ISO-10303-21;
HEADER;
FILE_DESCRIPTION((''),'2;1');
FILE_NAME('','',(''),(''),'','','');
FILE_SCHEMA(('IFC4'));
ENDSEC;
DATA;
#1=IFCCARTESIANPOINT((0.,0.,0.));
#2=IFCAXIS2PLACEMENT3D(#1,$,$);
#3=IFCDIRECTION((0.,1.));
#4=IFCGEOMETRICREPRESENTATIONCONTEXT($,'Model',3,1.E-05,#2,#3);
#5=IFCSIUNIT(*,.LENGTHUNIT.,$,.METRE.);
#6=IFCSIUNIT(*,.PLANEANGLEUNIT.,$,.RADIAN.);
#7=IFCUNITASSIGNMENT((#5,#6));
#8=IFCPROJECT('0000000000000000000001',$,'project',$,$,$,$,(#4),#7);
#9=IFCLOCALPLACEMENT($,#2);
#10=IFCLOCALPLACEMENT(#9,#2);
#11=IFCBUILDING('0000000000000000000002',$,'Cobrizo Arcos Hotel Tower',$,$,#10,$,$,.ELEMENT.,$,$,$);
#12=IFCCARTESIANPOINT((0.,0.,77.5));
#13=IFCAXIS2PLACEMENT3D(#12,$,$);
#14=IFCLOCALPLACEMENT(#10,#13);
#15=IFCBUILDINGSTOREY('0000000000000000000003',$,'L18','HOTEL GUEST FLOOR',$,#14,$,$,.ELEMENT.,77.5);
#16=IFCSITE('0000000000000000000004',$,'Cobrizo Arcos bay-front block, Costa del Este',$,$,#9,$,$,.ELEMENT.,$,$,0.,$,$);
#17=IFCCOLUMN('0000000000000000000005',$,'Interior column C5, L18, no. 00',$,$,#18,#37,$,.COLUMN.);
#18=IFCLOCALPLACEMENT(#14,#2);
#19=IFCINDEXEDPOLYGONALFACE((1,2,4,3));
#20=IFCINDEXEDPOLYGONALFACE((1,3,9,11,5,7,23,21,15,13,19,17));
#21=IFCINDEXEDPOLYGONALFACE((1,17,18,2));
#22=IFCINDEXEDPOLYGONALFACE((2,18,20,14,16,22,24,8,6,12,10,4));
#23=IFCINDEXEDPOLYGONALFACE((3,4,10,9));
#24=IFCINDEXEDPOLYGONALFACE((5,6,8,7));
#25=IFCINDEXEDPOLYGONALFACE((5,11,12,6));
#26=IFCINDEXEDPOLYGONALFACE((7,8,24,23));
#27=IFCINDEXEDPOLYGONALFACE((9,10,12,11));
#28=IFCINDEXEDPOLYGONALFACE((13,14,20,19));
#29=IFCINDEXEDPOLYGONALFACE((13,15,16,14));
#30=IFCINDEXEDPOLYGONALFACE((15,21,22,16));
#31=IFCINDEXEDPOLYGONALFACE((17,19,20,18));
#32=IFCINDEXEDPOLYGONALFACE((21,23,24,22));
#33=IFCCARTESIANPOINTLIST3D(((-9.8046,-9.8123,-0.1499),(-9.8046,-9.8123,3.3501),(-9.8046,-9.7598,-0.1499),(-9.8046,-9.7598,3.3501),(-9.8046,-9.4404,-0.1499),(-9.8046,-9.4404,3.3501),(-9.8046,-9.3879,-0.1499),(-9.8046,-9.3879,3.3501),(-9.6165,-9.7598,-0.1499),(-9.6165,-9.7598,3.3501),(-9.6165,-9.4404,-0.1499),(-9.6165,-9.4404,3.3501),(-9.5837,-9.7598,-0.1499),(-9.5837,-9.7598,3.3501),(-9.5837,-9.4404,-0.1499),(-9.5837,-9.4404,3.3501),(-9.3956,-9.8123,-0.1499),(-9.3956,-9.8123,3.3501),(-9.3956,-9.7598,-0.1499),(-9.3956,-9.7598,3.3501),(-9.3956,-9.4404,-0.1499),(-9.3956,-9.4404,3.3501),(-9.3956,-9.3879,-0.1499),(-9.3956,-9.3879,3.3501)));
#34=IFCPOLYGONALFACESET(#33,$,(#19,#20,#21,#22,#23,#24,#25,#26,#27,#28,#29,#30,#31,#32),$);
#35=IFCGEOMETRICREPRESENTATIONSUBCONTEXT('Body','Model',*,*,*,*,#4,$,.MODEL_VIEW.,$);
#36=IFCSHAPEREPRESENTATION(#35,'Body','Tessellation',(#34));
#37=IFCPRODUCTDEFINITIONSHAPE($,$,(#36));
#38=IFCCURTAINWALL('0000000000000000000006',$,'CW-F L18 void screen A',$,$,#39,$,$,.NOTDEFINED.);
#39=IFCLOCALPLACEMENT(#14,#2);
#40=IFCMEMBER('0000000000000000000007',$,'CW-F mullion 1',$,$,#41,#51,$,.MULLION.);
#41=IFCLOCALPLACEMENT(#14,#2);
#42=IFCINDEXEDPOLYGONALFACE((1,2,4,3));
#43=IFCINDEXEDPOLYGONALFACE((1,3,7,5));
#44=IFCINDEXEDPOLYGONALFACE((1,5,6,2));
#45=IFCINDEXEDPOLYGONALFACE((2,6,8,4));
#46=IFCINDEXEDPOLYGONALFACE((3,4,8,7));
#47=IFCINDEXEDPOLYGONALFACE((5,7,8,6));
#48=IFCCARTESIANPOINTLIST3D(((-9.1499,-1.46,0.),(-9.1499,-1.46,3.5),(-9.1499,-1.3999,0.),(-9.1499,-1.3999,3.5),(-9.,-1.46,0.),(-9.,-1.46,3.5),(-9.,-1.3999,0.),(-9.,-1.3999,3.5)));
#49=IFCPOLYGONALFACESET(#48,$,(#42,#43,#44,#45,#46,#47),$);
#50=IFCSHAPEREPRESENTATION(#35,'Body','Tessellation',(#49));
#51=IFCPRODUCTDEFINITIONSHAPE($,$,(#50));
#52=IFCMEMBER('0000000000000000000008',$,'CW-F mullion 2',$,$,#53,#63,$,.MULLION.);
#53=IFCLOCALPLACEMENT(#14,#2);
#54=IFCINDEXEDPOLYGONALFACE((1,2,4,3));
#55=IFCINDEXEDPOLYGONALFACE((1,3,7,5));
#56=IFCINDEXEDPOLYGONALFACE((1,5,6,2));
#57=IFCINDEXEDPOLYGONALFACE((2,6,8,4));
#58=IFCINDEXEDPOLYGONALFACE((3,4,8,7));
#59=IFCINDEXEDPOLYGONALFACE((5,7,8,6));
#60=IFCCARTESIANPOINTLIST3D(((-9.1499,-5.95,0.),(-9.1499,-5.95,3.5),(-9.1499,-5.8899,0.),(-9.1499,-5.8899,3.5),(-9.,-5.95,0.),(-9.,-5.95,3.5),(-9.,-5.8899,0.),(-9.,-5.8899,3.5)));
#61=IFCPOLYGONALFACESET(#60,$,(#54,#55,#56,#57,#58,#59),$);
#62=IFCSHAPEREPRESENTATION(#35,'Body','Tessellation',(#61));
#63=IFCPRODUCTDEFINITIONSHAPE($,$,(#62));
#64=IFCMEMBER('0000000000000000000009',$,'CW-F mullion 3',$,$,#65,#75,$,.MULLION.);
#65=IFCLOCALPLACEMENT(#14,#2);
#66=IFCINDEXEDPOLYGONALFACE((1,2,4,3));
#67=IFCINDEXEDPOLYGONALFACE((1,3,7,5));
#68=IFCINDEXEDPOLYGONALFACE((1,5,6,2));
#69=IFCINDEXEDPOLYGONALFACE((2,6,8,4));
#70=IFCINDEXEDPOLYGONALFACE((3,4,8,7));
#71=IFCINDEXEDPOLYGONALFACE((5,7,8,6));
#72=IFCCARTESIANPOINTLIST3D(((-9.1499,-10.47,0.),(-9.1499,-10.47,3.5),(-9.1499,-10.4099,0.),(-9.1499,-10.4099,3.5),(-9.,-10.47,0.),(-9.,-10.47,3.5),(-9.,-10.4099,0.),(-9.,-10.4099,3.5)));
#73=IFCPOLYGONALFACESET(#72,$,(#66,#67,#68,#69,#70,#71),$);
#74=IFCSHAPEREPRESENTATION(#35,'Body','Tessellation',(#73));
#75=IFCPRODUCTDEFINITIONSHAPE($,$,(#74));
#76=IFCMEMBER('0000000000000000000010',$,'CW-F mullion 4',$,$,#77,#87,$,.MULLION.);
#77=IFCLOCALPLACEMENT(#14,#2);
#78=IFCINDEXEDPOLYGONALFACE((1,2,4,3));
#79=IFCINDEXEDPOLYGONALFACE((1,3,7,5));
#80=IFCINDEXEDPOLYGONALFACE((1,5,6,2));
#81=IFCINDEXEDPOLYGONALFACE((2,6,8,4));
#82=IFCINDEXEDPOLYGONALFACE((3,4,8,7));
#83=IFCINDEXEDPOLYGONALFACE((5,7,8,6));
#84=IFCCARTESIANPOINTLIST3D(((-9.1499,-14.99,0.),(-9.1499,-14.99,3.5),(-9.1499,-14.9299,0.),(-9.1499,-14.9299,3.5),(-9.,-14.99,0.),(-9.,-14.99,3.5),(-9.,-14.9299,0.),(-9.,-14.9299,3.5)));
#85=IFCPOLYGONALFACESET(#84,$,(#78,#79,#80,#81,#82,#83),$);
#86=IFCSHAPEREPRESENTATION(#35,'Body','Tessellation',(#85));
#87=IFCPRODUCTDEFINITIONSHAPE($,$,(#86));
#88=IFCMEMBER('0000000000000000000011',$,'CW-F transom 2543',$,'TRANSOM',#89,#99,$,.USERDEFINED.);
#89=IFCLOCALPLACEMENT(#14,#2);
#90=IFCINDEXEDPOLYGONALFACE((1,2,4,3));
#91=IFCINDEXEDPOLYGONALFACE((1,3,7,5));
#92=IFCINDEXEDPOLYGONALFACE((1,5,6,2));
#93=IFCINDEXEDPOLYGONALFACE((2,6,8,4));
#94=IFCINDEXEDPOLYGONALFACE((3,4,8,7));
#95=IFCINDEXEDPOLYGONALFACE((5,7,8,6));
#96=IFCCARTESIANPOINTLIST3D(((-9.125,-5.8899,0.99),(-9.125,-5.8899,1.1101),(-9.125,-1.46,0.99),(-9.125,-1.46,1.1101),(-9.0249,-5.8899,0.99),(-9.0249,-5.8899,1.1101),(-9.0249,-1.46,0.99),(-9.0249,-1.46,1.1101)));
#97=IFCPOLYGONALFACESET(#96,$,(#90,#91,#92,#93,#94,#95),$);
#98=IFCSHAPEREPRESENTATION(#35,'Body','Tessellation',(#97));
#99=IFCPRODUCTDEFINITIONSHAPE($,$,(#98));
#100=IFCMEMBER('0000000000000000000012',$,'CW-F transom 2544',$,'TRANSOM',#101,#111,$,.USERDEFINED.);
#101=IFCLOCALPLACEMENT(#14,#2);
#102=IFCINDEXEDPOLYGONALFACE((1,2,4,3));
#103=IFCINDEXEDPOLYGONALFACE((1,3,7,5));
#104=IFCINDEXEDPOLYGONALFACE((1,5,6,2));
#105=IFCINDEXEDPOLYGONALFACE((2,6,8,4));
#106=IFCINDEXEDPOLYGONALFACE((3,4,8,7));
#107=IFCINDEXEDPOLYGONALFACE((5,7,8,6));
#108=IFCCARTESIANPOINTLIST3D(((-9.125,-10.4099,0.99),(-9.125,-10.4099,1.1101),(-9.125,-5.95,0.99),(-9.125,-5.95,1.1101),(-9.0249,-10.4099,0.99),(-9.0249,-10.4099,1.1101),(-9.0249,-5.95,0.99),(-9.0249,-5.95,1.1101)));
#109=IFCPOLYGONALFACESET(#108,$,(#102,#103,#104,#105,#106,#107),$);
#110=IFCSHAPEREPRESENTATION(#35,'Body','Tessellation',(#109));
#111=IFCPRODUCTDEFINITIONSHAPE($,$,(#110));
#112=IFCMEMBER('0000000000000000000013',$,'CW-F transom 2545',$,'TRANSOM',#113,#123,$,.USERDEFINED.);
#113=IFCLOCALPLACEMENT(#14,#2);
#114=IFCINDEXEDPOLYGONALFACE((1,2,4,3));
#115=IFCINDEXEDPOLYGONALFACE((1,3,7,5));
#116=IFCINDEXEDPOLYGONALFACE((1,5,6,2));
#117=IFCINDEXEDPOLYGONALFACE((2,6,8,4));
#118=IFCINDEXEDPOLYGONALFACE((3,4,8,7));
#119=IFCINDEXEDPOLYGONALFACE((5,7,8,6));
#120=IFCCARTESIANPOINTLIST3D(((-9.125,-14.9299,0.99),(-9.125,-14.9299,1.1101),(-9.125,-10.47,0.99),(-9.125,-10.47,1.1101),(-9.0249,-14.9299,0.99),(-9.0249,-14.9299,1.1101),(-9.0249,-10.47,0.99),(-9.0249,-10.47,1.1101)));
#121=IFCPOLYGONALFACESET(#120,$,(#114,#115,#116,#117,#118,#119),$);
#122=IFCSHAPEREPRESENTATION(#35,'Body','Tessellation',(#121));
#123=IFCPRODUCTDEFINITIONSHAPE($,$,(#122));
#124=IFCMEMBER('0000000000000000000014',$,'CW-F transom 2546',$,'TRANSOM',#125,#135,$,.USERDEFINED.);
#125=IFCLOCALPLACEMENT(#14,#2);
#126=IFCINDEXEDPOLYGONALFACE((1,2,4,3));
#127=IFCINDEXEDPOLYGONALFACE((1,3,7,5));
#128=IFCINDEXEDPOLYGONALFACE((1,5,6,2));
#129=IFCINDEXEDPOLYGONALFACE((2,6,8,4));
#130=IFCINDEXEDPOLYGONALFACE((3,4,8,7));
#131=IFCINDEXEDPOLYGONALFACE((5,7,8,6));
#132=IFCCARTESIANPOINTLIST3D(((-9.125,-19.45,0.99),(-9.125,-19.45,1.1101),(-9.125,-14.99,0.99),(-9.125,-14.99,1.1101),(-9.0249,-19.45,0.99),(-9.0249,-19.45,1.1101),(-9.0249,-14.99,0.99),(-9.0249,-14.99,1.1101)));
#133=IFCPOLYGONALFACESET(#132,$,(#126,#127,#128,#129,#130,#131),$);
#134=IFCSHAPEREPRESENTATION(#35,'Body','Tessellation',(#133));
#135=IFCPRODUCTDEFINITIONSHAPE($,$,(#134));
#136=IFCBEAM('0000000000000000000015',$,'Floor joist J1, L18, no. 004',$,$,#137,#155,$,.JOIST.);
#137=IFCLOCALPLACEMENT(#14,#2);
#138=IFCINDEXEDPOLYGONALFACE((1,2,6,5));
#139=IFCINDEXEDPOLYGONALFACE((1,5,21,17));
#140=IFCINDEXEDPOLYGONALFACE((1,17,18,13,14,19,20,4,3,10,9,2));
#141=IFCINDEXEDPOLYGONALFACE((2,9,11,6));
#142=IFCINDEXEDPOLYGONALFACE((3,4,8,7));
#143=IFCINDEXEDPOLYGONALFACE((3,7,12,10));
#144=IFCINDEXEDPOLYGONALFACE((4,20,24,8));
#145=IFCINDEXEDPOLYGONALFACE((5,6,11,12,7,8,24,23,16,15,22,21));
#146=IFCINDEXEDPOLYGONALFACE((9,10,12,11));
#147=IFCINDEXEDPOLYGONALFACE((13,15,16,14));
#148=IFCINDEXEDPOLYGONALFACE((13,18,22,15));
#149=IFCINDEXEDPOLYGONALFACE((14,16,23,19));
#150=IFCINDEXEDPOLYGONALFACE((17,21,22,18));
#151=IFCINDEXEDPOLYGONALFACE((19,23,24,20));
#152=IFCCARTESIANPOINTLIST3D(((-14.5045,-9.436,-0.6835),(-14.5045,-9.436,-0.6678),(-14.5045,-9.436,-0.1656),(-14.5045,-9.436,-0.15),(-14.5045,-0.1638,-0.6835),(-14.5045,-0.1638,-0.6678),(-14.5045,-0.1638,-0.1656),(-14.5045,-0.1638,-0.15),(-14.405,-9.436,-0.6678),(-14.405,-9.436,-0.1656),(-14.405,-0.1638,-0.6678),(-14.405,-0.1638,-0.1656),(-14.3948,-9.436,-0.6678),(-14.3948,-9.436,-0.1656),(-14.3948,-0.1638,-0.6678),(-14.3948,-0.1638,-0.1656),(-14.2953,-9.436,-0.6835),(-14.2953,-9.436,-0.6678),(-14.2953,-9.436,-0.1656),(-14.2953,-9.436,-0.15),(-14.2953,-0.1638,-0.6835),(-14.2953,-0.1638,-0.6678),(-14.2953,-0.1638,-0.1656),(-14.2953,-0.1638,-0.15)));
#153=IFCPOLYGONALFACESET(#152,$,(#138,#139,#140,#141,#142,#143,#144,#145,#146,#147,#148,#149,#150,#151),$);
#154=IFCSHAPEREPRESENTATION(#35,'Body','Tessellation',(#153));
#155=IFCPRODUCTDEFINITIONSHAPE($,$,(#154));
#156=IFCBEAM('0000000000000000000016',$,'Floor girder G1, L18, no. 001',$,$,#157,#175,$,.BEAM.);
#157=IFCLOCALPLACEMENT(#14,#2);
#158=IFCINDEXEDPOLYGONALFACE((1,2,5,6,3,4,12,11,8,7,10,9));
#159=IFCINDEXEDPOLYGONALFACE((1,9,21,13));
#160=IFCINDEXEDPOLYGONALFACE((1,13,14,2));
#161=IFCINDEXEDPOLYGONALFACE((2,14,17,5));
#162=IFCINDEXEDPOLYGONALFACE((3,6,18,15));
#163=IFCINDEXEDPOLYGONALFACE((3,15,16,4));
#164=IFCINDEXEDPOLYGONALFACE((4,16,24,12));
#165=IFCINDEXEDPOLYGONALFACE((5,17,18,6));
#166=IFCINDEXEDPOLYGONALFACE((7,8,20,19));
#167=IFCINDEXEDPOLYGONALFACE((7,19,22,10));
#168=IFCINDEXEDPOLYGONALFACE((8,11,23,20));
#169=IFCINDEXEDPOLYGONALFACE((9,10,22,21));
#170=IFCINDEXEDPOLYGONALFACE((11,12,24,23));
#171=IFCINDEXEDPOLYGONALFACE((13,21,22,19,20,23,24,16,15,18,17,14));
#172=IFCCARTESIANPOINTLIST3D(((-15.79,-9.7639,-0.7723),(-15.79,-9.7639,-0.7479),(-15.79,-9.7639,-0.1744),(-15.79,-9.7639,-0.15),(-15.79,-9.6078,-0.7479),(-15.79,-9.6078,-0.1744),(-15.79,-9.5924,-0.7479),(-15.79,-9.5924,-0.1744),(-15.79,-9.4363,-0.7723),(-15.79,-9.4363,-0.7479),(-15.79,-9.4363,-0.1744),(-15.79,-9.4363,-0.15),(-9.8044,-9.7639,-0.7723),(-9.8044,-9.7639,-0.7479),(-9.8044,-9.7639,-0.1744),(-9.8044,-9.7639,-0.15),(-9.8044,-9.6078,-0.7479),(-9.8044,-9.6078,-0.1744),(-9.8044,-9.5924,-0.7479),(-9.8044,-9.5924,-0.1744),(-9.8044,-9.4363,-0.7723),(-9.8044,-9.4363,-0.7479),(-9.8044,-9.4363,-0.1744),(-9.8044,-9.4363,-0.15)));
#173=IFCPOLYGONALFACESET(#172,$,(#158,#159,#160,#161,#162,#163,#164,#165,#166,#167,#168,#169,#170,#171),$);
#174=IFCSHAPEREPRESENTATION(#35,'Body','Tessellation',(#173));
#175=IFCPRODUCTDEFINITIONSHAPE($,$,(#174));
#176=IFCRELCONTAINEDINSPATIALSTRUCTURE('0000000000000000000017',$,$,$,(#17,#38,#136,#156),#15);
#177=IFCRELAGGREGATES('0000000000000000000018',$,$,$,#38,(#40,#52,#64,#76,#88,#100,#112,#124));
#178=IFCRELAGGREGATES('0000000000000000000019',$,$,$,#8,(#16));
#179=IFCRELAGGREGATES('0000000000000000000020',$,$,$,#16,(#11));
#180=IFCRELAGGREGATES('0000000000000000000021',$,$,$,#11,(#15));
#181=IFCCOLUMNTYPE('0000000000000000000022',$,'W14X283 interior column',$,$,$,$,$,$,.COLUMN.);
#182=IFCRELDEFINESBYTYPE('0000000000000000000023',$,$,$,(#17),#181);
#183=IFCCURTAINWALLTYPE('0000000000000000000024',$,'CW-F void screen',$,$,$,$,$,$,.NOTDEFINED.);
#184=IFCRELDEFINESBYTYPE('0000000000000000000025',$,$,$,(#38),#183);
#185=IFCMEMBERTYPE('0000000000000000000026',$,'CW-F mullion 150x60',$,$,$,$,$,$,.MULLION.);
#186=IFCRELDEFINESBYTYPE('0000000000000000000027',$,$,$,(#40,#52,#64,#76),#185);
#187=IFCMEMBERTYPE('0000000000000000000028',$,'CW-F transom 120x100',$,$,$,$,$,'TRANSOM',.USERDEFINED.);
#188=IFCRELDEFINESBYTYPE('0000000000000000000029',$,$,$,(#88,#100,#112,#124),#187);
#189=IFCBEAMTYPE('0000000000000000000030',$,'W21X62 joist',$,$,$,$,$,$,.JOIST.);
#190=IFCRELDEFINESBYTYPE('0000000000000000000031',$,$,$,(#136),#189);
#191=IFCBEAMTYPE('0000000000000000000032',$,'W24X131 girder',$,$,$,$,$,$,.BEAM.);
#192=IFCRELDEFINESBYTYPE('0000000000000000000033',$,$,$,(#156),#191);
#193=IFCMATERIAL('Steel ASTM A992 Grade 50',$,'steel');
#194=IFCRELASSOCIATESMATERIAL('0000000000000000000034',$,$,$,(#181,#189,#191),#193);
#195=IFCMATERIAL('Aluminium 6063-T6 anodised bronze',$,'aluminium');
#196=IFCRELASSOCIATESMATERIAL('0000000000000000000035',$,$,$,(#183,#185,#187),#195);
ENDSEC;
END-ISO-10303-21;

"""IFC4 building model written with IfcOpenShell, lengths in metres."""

from ifc_helpers import new_model, si_unit, direction, frame, origin, origin_2d, place, context, subcontext, project, spatial, rectangle, i_section, extrude, material, material_profile, profile_set, type_object, element, aggregate, save


model = new_model("IFC4")

# Units and contexts
model_context = context("Model", 3, precision=1e-05, world=origin(), true_north=direction((0.0, 1.0)))
body_context = subcontext(model_context, "Body", "Model", "MODEL_VIEW")
ifc_project = project(units=[si_unit("LENGTHUNIT", "METRE"), si_unit("PLANEANGLEUNIT", "RADIAN")], contexts=[model_context])

# Site, building, storey
site_placement = place(None, origin())
site = spatial("IfcSite", under=ifc_project, at=site_placement, Name="Cobrizo Arcos bay-front block, Costa del Este", CompositionType="ELEMENT", RefElevation=0.0)
building_placement = place(site_placement, origin())
building = spatial("IfcBuilding", under=site, at=building_placement, Name="Cobrizo Arcos Hotel Tower", CompositionType="ELEMENT")
storey_placement = place(building_placement, frame((0.0, 0.0, 77.5)))
storey = spatial("IfcBuildingStorey", under=building, at=storey_placement, Name="L18", Description="HOTEL GUEST FLOOR", CompositionType="ELEMENT", Elevation=77.5)

# Column
ifc_material_1 = material(Name="Steel ASTM A992 Grade 50", Category="steel")
ifc_material_profile_1 = material_profile(ifc_material_1, i_section(OverallWidth=0.4089, OverallDepth=0.4243, WebThickness=0.0327, FlangeThickness=0.0525, at=origin_2d()), Name="W14X283")
ifc_profile_set_1 = profile_set([ifc_material_profile_1], Name="Steel ASTM A992 Grade 50")
column_type = type_object("IfcColumnType", Name="W14X283 interior column", PredefinedType="COLUMN", material=ifc_profile_set_1)
column_placement = place(storey_placement, frame((-9.6001, -9.6001, -0.1499), z_axis=(0.0, 0.0, 1.0), x_axis=(1.0, 0.0, 0.0)))
element("IfcColumn", 1, at=column_placement, inside=storey, type_object=column_type, Name="Interior column C5, L18, no. 00", PredefinedType="COLUMN", context=body_context, shape_type="SweptSolid", body=[
    extrude(i_section(OverallWidth=0.4089, OverallDepth=0.4243, WebThickness=0.0327, FlangeThickness=0.0525, at=origin_2d()), origin(), (0.0, 0.0, 1.0), 3.5),
])

# Curtain wall, members
ifc_material_2 = material(Name="Aluminium 6063-T6 anodised bronze", Category="aluminium")
curtain_wall_type = type_object("IfcCurtainWallType", Name="CW-F void screen", PredefinedType="NOTDEFINED", material=ifc_material_2)
curtain_wall_placement = place(storey_placement, origin())
curtain_wall = element("IfcCurtainWall", 2, at=curtain_wall_placement, inside=storey, type_object=curtain_wall_type, Name="CW-F L18 void screen A", PredefinedType="NOTDEFINED")
ifc_material_profile_2 = material_profile(ifc_material_2, rectangle(XDim=0.1499, YDim=0.0601, at=origin_2d()), Name="CW-F mullion 150x60")
ifc_profile_set_2 = profile_set([ifc_material_profile_2], Name="Aluminium 6063-T6 anodised bronze")
member_type_1 = type_object("IfcMemberType", Name="CW-F mullion 150x60", PredefinedType="MULLION", material=ifc_profile_set_2)
member_1_placement = place(storey_placement, frame((-9.075, -1.4299, 0.0), z_axis=(0.0, 0.0, 1.0), x_axis=(-1.0, 0.0, 0.0)))
member_1 = element("IfcMember", 3, at=member_1_placement, type_object=member_type_1, Name="CW-F mullion 1", PredefinedType="MULLION", context=body_context, shape_type="SweptSolid", body=[
    extrude(rectangle(XDim=0.1499, YDim=0.0601, at=origin_2d()), origin(), (0.0, 0.0, 1.0), 3.5),
])
member_2_placement = place(storey_placement, frame((-9.075, -5.9199, 0.0), z_axis=(0.0, 0.0, 1.0), x_axis=(-1.0, 0.0, 0.0)))
member_2 = element("IfcMember", 4, at=member_2_placement, type_object=member_type_1, Name="CW-F mullion 2", PredefinedType="MULLION", context=body_context, shape_type="SweptSolid", body=[
    extrude(rectangle(XDim=0.1499, YDim=0.0601, at=origin_2d()), origin(), (0.0, 0.0, 1.0), 3.5),
])
member_3_placement = place(storey_placement, frame((-9.075, -10.4399, 0.0), z_axis=(0.0, 0.0, 1.0), x_axis=(-1.0, 0.0, 0.0)))
member_3 = element("IfcMember", 5, at=member_3_placement, type_object=member_type_1, Name="CW-F mullion 3", PredefinedType="MULLION", context=body_context, shape_type="SweptSolid", body=[
    extrude(rectangle(XDim=0.1499, YDim=0.0601, at=origin_2d()), origin(), (0.0, 0.0, 1.0), 3.5),
])
member_4_placement = place(storey_placement, frame((-9.075, -14.96, 0.0), z_axis=(0.0, 0.0, 1.0), x_axis=(-1.0, 0.0, 0.0)))
member_4 = element("IfcMember", 6, at=member_4_placement, type_object=member_type_1, Name="CW-F mullion 4", PredefinedType="MULLION", context=body_context, shape_type="SweptSolid", body=[
    extrude(rectangle(XDim=0.1499, YDim=0.0601, at=origin_2d()), origin(), (0.0, 0.0, 1.0), 3.5),
])
ifc_material_profile_3 = material_profile(ifc_material_2, rectangle(XDim=0.1001, YDim=0.1201, at=origin_2d()), Name="CW-F transom 120x100")
ifc_profile_set_3 = profile_set([ifc_material_profile_3], Name="Aluminium 6063-T6 anodised bronze")
member_type_2 = type_object("IfcMemberType", Name="CW-F transom 120x100", ElementType="TRANSOM", PredefinedType="USERDEFINED", material=ifc_profile_set_3)
member_5_placement = place(storey_placement, frame((-9.075, -1.46, 1.05), z_axis=(0.0, -1.0, 0.0), x_axis=(1.0, 0.0, 0.0)))
member_5 = element("IfcMember", 7, at=member_5_placement, type_object=member_type_2, Name="CW-F transom 2543", ObjectType="TRANSOM", PredefinedType="USERDEFINED", context=body_context, shape_type="SweptSolid", body=[
    extrude(rectangle(XDim=0.1001, YDim=0.1201, at=origin_2d()), origin(), (0.0, 0.0, 1.0), 4.4299),
])
member_6_placement = place(storey_placement, frame((-9.075, -5.95, 1.05), z_axis=(0.0, -1.0, 0.0), x_axis=(1.0, 0.0, 0.0)))
member_6 = element("IfcMember", 8, at=member_6_placement, type_object=member_type_2, Name="CW-F transom 2544", ObjectType="TRANSOM", PredefinedType="USERDEFINED", context=body_context, shape_type="SweptSolid", body=[
    extrude(rectangle(XDim=0.1001, YDim=0.1201, at=origin_2d()), origin(), (0.0, 0.0, 1.0), 4.46),
])
member_7_placement = place(storey_placement, frame((-9.075, -10.47, 1.05), z_axis=(0.0, -1.0, 0.0), x_axis=(1.0, 0.0, 0.0)))
member_7 = element("IfcMember", 9, at=member_7_placement, type_object=member_type_2, Name="CW-F transom 2545", ObjectType="TRANSOM", PredefinedType="USERDEFINED", context=body_context, shape_type="SweptSolid", body=[
    extrude(rectangle(XDim=0.1001, YDim=0.1201, at=origin_2d()), origin(), (0.0, 0.0, 1.0), 4.46),
])
member_8_placement = place(storey_placement, frame((-9.075, -14.99, 1.05), z_axis=(0.0, -1.0, 0.0), x_axis=(1.0, 0.0, 0.0)))
member_8 = element("IfcMember", 10, at=member_8_placement, type_object=member_type_2, Name="CW-F transom 2546", ObjectType="TRANSOM", PredefinedType="USERDEFINED", context=body_context, shape_type="SweptSolid", body=[
    extrude(rectangle(XDim=0.1001, YDim=0.1201, at=origin_2d()), origin(), (0.0, 0.0, 1.0), 4.46),
])

# Beams
ifc_material_profile_4 = material_profile(ifc_material_1, i_section(OverallWidth=0.2092, OverallDepth=0.5334, WebThickness=0.0103, FlangeThickness=0.0156, at=origin_2d()), Name="W21X62")
ifc_profile_set_4 = profile_set([ifc_material_profile_4], Name="Steel ASTM A992 Grade 50")
beam_type_1 = type_object("IfcBeamType", Name="W21X62 joist", PredefinedType="JOIST", material=ifc_profile_set_4)
beam_1_placement = place(storey_placement, frame((-14.3999, -9.436, -0.4167), z_axis=(0.0, 1.0, 0.0), x_axis=(-1.0, 0.0, 0.0)))
element("IfcBeam", 11, at=beam_1_placement, inside=storey, type_object=beam_type_1, Name="Floor joist J1, L18, no. 004", PredefinedType="JOIST", context=body_context, shape_type="SweptSolid", body=[
    extrude(i_section(OverallWidth=0.2092, OverallDepth=0.5334, WebThickness=0.0103, FlangeThickness=0.0156, at=origin_2d()), origin(), (0.0, 0.0, 1.0), 9.2722),
])
ifc_material_profile_5 = material_profile(ifc_material_1, i_section(OverallWidth=0.3276, OverallDepth=0.6223, WebThickness=0.0154, FlangeThickness=0.0244, at=origin_2d()), Name="W24X131")
ifc_profile_set_5 = profile_set([ifc_material_profile_5], Name="Steel ASTM A992 Grade 50")
beam_type_2 = type_object("IfcBeamType", Name="W24X131 girder", PredefinedType="BEAM", material=ifc_profile_set_5)
beam_2_placement = place(storey_placement, frame((-15.79, -9.6001, -0.4612), z_axis=(1.0, 0.0, 0.0), x_axis=(0.0, 1.0, 0.0)))
element("IfcBeam", 12, at=beam_2_placement, inside=storey, type_object=beam_type_2, Name="Floor girder G1, L18, no. 001", PredefinedType="BEAM", context=body_context, shape_type="SweptSolid", body=[
    extrude(i_section(OverallWidth=0.3276, OverallDepth=0.6223, WebThickness=0.0154, FlangeThickness=0.0244, at=origin_2d()), origin(), (0.0, 0.0, 1.0), 5.9856),
])

aggregate(curtain_wall, [member_1, member_2, member_3, member_4, member_5, member_6, member_7, member_8])

save(model, "model.ifc")
